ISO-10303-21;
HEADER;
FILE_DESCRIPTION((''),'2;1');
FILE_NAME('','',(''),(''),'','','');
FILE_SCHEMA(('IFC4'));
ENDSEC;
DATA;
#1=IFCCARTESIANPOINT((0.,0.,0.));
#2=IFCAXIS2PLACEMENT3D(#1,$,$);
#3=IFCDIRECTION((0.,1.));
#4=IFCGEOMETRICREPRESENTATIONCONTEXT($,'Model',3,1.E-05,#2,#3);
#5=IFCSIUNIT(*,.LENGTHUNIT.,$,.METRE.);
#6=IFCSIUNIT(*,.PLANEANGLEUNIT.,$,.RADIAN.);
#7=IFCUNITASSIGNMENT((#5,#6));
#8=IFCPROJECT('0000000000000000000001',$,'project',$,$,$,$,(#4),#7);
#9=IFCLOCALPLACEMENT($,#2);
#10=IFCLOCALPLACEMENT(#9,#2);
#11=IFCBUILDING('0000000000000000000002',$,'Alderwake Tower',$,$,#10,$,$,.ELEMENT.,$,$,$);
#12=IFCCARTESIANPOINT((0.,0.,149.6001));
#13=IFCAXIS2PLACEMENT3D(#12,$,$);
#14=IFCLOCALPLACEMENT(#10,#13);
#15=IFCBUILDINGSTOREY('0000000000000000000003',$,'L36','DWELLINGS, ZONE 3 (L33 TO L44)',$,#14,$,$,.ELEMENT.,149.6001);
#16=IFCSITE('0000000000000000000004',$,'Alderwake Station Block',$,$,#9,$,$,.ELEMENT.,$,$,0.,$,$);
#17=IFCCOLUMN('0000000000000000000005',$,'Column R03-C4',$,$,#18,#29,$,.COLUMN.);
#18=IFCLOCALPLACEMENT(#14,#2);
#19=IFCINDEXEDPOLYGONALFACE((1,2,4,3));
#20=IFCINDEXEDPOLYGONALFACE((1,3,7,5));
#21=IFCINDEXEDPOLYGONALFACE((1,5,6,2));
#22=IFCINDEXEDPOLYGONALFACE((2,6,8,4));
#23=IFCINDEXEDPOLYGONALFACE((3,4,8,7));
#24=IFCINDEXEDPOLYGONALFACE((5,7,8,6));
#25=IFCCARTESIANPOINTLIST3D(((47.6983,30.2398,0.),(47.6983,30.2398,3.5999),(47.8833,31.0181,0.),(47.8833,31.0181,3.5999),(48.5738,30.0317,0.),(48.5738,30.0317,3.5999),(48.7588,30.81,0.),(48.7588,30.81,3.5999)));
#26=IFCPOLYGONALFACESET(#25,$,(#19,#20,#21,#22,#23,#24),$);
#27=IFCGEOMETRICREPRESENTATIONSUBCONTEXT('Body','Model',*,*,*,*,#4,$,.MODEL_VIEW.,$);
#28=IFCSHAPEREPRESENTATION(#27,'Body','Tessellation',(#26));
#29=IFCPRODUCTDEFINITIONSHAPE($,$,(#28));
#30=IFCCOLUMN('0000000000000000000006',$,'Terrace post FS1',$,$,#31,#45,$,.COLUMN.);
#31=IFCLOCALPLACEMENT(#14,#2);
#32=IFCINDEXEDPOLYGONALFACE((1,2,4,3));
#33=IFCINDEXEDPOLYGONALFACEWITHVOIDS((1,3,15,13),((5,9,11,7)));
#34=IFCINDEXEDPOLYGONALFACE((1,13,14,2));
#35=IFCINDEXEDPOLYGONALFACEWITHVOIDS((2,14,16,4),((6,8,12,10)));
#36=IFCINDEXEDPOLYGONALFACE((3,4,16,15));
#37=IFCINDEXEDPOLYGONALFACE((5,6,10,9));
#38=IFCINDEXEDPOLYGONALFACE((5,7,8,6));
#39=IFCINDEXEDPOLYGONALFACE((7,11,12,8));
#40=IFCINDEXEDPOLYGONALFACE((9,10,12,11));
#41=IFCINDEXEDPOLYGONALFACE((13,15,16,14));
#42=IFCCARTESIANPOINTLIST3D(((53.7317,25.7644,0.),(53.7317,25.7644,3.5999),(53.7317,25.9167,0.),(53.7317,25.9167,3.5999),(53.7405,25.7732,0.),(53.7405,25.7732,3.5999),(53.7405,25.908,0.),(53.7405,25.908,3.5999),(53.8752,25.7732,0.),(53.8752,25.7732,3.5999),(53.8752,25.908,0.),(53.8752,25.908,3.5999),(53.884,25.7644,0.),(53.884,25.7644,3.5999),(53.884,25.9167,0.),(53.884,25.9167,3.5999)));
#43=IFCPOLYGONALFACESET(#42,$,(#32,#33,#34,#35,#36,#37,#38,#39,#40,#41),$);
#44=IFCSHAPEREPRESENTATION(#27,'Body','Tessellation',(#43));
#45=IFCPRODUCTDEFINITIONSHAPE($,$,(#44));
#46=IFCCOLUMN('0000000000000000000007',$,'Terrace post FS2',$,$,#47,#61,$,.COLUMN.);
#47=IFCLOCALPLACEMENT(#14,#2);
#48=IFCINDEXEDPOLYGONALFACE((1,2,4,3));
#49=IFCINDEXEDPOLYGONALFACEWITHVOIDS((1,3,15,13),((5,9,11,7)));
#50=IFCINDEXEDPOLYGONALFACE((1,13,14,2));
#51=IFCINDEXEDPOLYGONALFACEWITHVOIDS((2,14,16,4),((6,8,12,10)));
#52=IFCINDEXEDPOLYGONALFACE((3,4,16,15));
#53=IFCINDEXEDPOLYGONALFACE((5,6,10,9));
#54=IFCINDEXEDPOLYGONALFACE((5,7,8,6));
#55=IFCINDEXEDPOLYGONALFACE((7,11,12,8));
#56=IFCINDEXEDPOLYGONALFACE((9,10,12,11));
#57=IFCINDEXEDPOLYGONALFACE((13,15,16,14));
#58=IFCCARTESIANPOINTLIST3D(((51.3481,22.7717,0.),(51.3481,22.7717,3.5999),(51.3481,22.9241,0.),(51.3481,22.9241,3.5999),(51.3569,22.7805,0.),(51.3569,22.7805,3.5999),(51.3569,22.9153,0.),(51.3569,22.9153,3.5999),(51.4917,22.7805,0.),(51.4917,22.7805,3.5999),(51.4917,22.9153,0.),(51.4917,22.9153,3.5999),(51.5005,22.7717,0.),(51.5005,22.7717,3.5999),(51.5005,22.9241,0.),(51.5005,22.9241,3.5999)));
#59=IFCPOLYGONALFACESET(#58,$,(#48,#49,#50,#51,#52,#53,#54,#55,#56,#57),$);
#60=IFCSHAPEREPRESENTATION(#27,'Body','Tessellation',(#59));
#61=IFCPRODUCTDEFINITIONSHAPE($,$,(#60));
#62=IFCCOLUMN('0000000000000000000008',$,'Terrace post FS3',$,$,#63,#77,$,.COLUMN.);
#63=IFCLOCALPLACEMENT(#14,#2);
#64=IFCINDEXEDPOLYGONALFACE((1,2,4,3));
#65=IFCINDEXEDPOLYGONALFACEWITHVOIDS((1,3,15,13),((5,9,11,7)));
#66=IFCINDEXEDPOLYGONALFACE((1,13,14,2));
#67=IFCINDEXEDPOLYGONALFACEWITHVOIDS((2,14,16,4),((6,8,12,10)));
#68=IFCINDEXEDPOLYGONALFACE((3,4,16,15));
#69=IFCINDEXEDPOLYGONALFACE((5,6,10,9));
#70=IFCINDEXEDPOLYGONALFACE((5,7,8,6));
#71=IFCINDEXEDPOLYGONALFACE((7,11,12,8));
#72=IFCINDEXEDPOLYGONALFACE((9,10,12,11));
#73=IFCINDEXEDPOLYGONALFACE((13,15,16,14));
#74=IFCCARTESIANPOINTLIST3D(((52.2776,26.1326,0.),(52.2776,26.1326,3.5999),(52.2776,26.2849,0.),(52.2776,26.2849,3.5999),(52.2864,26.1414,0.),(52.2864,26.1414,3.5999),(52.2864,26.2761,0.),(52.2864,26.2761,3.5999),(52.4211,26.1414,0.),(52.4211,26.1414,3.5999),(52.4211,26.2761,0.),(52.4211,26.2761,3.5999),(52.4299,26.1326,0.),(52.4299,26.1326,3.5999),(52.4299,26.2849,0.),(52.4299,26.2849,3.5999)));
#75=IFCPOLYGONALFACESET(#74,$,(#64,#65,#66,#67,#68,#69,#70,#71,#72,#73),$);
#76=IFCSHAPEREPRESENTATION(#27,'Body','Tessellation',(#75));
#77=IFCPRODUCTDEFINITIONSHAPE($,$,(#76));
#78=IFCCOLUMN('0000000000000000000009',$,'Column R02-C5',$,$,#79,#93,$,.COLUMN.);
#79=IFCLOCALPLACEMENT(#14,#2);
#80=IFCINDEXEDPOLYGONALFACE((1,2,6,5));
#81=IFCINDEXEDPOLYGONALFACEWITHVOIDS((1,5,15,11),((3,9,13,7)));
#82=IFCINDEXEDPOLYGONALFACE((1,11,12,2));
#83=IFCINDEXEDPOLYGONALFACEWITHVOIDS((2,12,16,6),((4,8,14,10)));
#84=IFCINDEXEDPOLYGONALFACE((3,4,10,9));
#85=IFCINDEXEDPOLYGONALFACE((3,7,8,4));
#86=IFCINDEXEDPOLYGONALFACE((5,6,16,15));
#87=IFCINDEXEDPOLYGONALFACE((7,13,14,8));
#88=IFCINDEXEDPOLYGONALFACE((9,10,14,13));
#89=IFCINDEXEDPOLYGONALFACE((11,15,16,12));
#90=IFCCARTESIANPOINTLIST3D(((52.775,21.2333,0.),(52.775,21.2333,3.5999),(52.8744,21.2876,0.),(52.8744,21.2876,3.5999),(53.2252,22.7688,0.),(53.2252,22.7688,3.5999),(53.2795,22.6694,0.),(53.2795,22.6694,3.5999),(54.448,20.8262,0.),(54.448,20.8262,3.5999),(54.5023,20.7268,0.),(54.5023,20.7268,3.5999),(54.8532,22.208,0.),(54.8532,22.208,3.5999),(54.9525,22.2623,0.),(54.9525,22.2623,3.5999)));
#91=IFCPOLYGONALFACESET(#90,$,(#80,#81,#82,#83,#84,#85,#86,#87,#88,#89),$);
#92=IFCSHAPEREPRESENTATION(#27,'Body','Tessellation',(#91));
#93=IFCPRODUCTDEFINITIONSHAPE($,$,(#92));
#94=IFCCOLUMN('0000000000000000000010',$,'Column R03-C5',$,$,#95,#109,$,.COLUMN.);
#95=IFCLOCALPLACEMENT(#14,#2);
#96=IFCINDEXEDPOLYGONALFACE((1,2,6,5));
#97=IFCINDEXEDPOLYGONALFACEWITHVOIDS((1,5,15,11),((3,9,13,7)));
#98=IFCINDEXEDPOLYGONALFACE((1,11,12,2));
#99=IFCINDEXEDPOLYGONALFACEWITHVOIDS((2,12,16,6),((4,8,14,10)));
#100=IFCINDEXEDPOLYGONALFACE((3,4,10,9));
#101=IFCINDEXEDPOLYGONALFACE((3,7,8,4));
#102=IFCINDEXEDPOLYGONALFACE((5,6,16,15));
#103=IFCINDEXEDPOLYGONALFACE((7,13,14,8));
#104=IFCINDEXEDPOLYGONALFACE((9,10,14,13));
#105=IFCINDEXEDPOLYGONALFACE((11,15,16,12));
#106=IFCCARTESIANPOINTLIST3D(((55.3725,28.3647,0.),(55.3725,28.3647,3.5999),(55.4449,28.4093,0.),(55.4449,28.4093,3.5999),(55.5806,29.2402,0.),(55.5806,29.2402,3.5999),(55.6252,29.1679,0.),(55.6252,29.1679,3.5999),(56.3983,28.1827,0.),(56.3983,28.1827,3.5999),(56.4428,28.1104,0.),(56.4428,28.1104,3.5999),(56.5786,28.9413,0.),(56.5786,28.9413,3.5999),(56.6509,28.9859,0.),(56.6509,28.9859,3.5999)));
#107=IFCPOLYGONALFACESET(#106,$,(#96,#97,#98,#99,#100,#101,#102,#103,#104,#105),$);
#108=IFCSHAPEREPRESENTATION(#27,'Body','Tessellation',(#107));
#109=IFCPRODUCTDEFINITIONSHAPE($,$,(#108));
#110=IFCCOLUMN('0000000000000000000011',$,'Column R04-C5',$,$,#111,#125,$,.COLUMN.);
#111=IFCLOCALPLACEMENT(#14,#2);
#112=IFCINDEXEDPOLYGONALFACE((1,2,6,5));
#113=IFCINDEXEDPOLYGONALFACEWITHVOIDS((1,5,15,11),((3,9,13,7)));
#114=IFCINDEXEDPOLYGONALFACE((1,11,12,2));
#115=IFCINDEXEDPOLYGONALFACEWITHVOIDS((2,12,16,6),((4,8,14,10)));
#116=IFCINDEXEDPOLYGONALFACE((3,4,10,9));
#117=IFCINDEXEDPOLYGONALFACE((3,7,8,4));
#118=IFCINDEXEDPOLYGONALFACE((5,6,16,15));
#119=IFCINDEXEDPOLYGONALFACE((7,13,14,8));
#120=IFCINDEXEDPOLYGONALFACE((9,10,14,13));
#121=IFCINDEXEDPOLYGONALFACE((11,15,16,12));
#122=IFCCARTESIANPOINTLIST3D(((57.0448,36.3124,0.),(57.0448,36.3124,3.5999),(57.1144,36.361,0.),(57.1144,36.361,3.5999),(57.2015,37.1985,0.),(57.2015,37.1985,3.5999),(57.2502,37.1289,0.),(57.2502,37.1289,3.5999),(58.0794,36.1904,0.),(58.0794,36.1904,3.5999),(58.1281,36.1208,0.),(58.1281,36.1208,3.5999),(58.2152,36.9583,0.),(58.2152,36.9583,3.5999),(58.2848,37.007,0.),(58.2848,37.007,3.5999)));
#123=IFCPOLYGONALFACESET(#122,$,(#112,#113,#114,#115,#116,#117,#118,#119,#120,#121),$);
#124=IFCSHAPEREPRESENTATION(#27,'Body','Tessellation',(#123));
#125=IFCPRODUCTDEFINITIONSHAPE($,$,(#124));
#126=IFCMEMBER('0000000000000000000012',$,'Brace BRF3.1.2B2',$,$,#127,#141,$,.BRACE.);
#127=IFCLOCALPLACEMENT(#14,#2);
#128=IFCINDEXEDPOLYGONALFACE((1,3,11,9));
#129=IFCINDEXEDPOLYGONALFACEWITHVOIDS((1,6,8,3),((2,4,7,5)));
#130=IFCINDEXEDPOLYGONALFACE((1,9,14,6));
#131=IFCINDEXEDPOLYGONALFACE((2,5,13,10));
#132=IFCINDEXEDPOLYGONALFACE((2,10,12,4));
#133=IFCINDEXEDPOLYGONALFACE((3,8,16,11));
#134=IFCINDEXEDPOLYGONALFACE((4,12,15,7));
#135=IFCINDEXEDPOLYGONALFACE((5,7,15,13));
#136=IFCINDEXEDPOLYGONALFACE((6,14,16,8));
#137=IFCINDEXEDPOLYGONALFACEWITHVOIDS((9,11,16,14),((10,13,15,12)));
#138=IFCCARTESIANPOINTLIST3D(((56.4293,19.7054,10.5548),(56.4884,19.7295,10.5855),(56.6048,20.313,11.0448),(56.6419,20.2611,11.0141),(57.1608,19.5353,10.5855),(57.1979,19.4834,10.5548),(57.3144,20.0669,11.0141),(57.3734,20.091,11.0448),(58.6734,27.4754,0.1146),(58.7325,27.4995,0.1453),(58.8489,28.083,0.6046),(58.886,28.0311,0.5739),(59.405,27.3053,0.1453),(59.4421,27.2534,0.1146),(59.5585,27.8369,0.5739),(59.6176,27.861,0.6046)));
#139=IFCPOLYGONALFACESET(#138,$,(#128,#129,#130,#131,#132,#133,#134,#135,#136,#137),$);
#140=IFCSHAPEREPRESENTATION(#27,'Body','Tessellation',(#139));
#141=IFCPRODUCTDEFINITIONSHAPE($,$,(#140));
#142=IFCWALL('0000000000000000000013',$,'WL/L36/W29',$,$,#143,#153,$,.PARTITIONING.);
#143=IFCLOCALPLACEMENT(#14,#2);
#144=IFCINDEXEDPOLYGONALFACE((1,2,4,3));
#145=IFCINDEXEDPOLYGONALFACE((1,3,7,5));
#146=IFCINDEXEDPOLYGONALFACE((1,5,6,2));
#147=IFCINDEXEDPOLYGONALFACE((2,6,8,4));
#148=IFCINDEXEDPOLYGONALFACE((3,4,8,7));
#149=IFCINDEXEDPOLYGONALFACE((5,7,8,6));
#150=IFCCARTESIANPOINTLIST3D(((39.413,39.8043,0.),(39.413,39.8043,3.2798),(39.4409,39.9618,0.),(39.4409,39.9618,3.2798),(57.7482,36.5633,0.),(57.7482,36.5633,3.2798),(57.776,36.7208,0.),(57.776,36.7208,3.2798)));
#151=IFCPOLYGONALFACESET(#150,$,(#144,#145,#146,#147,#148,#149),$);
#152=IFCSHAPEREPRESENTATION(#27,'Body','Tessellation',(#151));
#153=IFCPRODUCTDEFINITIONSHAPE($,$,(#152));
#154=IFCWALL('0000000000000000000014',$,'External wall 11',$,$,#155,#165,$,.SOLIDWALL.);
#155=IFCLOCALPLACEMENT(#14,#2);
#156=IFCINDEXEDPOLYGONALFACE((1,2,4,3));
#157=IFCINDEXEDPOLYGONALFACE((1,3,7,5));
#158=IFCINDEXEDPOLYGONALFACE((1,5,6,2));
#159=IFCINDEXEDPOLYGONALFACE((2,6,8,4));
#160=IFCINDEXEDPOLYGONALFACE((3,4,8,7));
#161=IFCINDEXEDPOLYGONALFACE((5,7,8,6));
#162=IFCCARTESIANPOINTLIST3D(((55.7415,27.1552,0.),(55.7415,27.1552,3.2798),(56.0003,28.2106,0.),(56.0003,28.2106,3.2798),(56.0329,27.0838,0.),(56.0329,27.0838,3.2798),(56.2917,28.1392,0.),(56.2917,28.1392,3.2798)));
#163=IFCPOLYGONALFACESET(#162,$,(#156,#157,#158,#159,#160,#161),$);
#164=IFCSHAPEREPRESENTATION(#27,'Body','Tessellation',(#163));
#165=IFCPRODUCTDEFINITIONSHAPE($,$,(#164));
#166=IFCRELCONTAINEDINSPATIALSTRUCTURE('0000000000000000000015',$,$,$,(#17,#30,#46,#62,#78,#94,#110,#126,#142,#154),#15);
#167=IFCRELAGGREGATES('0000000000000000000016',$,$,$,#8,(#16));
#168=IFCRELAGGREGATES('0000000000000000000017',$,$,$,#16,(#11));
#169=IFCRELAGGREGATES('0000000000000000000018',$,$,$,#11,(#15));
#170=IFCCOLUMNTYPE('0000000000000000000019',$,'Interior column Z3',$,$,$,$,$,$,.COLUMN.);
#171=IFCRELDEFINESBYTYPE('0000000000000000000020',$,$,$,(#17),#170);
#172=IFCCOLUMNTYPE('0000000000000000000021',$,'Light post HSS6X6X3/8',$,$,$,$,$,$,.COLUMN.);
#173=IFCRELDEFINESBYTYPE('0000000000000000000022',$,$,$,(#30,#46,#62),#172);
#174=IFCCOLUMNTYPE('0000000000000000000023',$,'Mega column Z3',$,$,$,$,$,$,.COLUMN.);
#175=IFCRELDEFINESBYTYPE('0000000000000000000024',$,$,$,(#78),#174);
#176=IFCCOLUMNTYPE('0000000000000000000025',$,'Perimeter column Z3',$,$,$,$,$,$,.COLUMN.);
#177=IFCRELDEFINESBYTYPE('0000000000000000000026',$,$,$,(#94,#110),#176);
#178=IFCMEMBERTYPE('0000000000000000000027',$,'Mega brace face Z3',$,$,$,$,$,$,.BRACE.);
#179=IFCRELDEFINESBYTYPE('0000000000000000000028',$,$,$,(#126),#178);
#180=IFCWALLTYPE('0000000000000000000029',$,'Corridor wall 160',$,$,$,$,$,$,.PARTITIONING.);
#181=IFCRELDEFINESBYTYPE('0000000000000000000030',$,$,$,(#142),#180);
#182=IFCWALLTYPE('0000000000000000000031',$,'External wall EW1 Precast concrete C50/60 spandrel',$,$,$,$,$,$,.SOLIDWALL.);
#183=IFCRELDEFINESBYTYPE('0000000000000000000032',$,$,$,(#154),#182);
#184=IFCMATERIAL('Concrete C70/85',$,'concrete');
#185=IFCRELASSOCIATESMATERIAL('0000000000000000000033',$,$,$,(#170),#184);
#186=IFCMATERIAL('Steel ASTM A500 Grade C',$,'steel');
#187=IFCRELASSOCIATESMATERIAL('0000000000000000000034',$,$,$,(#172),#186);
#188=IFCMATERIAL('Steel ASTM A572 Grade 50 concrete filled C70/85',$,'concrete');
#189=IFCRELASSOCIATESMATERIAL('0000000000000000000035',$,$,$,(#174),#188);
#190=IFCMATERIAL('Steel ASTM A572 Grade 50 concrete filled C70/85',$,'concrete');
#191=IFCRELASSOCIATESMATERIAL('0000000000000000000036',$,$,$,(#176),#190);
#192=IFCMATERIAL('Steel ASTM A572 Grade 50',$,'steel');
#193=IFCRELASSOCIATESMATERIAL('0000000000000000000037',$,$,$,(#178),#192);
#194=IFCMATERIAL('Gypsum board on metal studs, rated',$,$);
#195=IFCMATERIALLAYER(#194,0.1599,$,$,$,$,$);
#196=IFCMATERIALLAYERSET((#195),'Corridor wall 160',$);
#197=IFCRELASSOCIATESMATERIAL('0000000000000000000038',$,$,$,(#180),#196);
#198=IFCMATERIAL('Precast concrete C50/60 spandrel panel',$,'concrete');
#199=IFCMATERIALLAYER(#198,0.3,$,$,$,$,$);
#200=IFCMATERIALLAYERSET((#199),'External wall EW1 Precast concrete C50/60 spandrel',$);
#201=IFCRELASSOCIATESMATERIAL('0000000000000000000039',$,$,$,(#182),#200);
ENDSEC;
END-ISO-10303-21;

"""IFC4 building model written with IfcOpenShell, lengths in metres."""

from ifc_helpers import new_model, si_unit, direction, frame, frame_2d, origin, origin_2d, place, context, subcontext, project, spatial, rectangle, hollow_rectangle, extrude, material, layer, layer_set, material_profile, profile_set, type_object, element, save


model = new_model("IFC4")

# Units and contexts
model_context = context("Model", 3, precision=1e-05, world=origin(), true_north=direction((0.0, 1.0)))
body_context = subcontext(model_context, "Body", "Model", "MODEL_VIEW")
ifc_project = project(units=[si_unit("LENGTHUNIT", "METRE"), si_unit("PLANEANGLEUNIT", "RADIAN")], contexts=[model_context])

# Site, building, storey
site_placement = place(None, origin())
site = spatial("IfcSite", under=ifc_project, at=site_placement, Name="Alderwake Station Block", CompositionType="ELEMENT", RefElevation=0.0)
building_placement = place(site_placement, origin())
building = spatial("IfcBuilding", under=site, at=building_placement, Name="Alderwake Tower", CompositionType="ELEMENT")
storey_placement = place(building_placement, frame((0.0, 0.0, 149.6001)))
storey = spatial("IfcBuildingStorey", under=building, at=storey_placement, Name="L36", Description="DWELLINGS, ZONE 3 (L33 TO L44)", CompositionType="ELEMENT", Elevation=149.6001)

# Columns
ifc_material_1 = material(Name="Concrete C70/85", Category="concrete")
ifc_material_profile_1 = material_profile(ifc_material_1, rectangle(XDim=0.8, YDim=0.8999, at=origin_2d()), Name="RC 900X800")
ifc_profile_set_1 = profile_set([ifc_material_profile_1], Name="Concrete C70/85")
column_type_1 = type_object("IfcColumnType", Name="Interior column Z3", PredefinedType="COLUMN", material=ifc_profile_set_1)
column_1_placement = place(storey_placement, frame((48.2285, 30.5249, 0.0), z_axis=(0.0, 0.0, 1.0), x_axis=(0.231222, 0.972901, 0.0)))
element("IfcColumn", 1, at=column_1_placement, inside=storey, type_object=column_type_1, Name="Column R03-C4", PredefinedType="COLUMN", context=body_context, shape_type="SweptSolid", body=[
    extrude(rectangle(XDim=0.8, YDim=0.8999, at=origin_2d()), origin(), (0.0, 0.0, 1.0), 3.5999),
])
ifc_material_2 = material(Name="Steel ASTM A500 Grade C", Category="steel")
ifc_material_profile_2 = material_profile(ifc_material_2, hollow_rectangle(XDim=0.1523, YDim=0.1523, WallThickness=0.0088, at=origin_2d()), Name="HSS6X6X3/8")
ifc_profile_set_2 = profile_set([ifc_material_profile_2], Name="Steel ASTM A500 Grade C")
column_type_2 = type_object("IfcColumnType", Name="Light post HSS6X6X3/8", PredefinedType="COLUMN", material=ifc_profile_set_2)
for number, where, z_axis, x_axis, name in (
    (2, (53.8079, 25.8406, 0.0), (0.0, 0.0, 1.0), (1.0, 0.0, 0.0), "Terrace post FS1"),
    (3, (51.4243, 22.8479, 0.0), (0.0, 0.0, 1.0), (1.0, 0.0, 0.0), "Terrace post FS2"),
    (4, (52.3538, 26.2087, 0.0), (0.0, 0.0, 1.0), (1.0, 0.0, 0.0), "Terrace post FS3"),
):
    element("IfcColumn", number, at=place(storey_placement, frame(where, z_axis=z_axis, x_axis=x_axis)), inside=storey, type_object=column_type_2, Name=name, PredefinedType="COLUMN", context=body_context, shape_type="SweptSolid", body=[
        extrude(hollow_rectangle(XDim=0.1523, YDim=0.1523, WallThickness=0.0088, at=origin_2d()), origin(), (0.0, 0.0, 1.0), 3.5999),
    ])
ifc_material_3 = material(Name="Steel ASTM A572 Grade 50 concrete filled C70/85", Category="concrete")
ifc_material_profile_3 = material_profile(ifc_material_3, hollow_rectangle(XDim=1.6001, YDim=1.8, WallThickness=0.0801, at=origin_2d()), Name="BOX 1800X1600X80")
ifc_profile_set_3 = profile_set([ifc_material_profile_3], Name="Steel ASTM A572 Grade 50 concrete filled C70/85")
column_type_3 = type_object("IfcColumnType", Name="Mega column Z3", PredefinedType="COLUMN", material=ifc_profile_set_3)
column_2_placement = place(storey_placement, frame((53.8638, 21.7478, 0.0), z_axis=(0.0, 0.0, 1.0), x_axis=(0.281377, 0.959597, 0.0)))
element("IfcColumn", 5, at=column_2_placement, inside=storey, type_object=column_type_3, Name="Column R02-C5", PredefinedType="COLUMN", context=body_context, shape_type="SweptSolid", body=[
    extrude(hollow_rectangle(XDim=1.6001, YDim=1.8, WallThickness=0.0801, at=origin_2d()), origin(), (0.0, 0.0, 1.0), 3.5999),
])
ifc_material_4 = material(Name="Steel ASTM A572 Grade 50 concrete filled C70/85", Category="concrete")
ifc_material_profile_4 = material_profile(ifc_material_4, hollow_rectangle(XDim=0.8999, YDim=1.1001, WallThickness=0.0601, at=origin_2d()), Name="BOX 1100X900X60")
ifc_profile_set_4 = profile_set([ifc_material_profile_4], Name="Steel ASTM A572 Grade 50 concrete filled C70/85")
column_type_4 = type_object("IfcColumnType", Name="Perimeter column Z3", PredefinedType="COLUMN", material=ifc_profile_set_4)
for number, where, z_axis, x_axis, name in (
    (6, (56.0117, 28.6753, 0.0), (0.0, 0.0, 1.0), (0.231222, 0.972901, 0.0), "Column R03-C5"),
    (7, (57.6648, 36.6597, 0.0), (0.0, 0.0, 1.0), (0.174109, 0.984726, 0.0), "Column R04-C5"),
):
    element("IfcColumn", number, at=place(storey_placement, frame(where, z_axis=z_axis, x_axis=x_axis)), inside=storey, type_object=column_type_4, Name=name, PredefinedType="COLUMN", context=body_context, shape_type="SweptSolid", body=[
        extrude(hollow_rectangle(XDim=0.8999, YDim=1.1001, WallThickness=0.0601, at=origin_2d()), origin(), (0.0, 0.0, 1.0), 3.5999),
    ])

# Member
ifc_material_5 = material(Name="Steel ASTM A572 Grade 50", Category="steel")
ifc_material_profile_5 = material_profile(ifc_material_5, hollow_rectangle(XDim=0.8, YDim=0.8, WallThickness=0.05, at=origin_2d()), Name="BOX 800X800X50")
ifc_profile_set_5 = profile_set([ifc_material_profile_5], Name="Steel ASTM A572 Grade 50")
member_type = type_object("IfcMemberType", Name="Mega brace face Z3", PredefinedType="BRACE", material=ifc_profile_set_5)
member_placement = place(storey_placement, frame((59.1455, 27.6682, 0.3596), z_axis=(-0.169929, -0.588356, 0.790545), x_axis=(0.960732, -0.277479, 0.0)))
element("IfcMember", 8, at=member_placement, inside=storey, type_object=member_type, Name="Brace BRF3.1.2B2", PredefinedType="BRACE", context=body_context, shape_type="SweptSolid", body=[
    extrude(hollow_rectangle(XDim=0.8, YDim=0.8, WallThickness=0.05, at=origin_2d()), origin(), (0.0, 0.0, 1.0), 13.2063),
])

# Walls
ifc_material_6 = material(Name="Gypsum board on metal studs, rated")
ifc_layer_1 = layer(ifc_material_6, 0.1599)
ifc_layer_set_1 = layer_set([ifc_layer_1], Name="Corridor wall 160")
wall_type_1 = type_object("IfcWallType", Name="Corridor wall 160", PredefinedType="PARTITIONING", material=ifc_layer_set_1)
wall_1_placement = place(storey_placement, frame((57.762, 36.6421, 0.0), z_axis=(0.0, 0.0, 1.0), x_axis=(-0.984734, 0.174064, 0.0)))
element("IfcWall", 9, at=wall_1_placement, inside=storey, type_object=wall_type_1, Name="WL/L36/W29", PredefinedType="PARTITIONING", context=body_context, shape_type="SweptSolid", body=[
    extrude(rectangle(XDim=18.6194, YDim=0.1599, at=frame_2d((9.3096, 0.0))), origin(), (0.0, 0.0, 1.0), 3.2798),
])
ifc_material_7 = material(Name="Precast concrete C50/60 spandrel panel", Category="concrete")
ifc_layer_2 = layer(ifc_material_7, 0.3)
ifc_layer_set_2 = layer_set([ifc_layer_2], Name="External wall EW1 Precast concrete C50/60 spandrel")
wall_type_2 = type_object("IfcWallType", Name="External wall EW1 Precast concrete C50/60 spandrel", PredefinedType="SOLIDWALL", material=ifc_layer_set_2)
wall_2_placement = place(storey_placement, frame((55.8872, 27.1194, 0.0), z_axis=(0.0, 0.0, 1.0), x_axis=(0.238146, 0.971229, 0.0)))
element("IfcWall", 10, at=wall_2_placement, inside=storey, type_object=wall_type_2, Name="External wall 11", PredefinedType="SOLIDWALL", context=body_context, shape_type="SweptSolid", body=[
    extrude(rectangle(XDim=1.0867, YDim=0.3, at=frame_2d((0.5435, 0.0))), origin(), (0.0, 0.0, 1.0), 3.2798),
])

save(model, "model.ifc")
